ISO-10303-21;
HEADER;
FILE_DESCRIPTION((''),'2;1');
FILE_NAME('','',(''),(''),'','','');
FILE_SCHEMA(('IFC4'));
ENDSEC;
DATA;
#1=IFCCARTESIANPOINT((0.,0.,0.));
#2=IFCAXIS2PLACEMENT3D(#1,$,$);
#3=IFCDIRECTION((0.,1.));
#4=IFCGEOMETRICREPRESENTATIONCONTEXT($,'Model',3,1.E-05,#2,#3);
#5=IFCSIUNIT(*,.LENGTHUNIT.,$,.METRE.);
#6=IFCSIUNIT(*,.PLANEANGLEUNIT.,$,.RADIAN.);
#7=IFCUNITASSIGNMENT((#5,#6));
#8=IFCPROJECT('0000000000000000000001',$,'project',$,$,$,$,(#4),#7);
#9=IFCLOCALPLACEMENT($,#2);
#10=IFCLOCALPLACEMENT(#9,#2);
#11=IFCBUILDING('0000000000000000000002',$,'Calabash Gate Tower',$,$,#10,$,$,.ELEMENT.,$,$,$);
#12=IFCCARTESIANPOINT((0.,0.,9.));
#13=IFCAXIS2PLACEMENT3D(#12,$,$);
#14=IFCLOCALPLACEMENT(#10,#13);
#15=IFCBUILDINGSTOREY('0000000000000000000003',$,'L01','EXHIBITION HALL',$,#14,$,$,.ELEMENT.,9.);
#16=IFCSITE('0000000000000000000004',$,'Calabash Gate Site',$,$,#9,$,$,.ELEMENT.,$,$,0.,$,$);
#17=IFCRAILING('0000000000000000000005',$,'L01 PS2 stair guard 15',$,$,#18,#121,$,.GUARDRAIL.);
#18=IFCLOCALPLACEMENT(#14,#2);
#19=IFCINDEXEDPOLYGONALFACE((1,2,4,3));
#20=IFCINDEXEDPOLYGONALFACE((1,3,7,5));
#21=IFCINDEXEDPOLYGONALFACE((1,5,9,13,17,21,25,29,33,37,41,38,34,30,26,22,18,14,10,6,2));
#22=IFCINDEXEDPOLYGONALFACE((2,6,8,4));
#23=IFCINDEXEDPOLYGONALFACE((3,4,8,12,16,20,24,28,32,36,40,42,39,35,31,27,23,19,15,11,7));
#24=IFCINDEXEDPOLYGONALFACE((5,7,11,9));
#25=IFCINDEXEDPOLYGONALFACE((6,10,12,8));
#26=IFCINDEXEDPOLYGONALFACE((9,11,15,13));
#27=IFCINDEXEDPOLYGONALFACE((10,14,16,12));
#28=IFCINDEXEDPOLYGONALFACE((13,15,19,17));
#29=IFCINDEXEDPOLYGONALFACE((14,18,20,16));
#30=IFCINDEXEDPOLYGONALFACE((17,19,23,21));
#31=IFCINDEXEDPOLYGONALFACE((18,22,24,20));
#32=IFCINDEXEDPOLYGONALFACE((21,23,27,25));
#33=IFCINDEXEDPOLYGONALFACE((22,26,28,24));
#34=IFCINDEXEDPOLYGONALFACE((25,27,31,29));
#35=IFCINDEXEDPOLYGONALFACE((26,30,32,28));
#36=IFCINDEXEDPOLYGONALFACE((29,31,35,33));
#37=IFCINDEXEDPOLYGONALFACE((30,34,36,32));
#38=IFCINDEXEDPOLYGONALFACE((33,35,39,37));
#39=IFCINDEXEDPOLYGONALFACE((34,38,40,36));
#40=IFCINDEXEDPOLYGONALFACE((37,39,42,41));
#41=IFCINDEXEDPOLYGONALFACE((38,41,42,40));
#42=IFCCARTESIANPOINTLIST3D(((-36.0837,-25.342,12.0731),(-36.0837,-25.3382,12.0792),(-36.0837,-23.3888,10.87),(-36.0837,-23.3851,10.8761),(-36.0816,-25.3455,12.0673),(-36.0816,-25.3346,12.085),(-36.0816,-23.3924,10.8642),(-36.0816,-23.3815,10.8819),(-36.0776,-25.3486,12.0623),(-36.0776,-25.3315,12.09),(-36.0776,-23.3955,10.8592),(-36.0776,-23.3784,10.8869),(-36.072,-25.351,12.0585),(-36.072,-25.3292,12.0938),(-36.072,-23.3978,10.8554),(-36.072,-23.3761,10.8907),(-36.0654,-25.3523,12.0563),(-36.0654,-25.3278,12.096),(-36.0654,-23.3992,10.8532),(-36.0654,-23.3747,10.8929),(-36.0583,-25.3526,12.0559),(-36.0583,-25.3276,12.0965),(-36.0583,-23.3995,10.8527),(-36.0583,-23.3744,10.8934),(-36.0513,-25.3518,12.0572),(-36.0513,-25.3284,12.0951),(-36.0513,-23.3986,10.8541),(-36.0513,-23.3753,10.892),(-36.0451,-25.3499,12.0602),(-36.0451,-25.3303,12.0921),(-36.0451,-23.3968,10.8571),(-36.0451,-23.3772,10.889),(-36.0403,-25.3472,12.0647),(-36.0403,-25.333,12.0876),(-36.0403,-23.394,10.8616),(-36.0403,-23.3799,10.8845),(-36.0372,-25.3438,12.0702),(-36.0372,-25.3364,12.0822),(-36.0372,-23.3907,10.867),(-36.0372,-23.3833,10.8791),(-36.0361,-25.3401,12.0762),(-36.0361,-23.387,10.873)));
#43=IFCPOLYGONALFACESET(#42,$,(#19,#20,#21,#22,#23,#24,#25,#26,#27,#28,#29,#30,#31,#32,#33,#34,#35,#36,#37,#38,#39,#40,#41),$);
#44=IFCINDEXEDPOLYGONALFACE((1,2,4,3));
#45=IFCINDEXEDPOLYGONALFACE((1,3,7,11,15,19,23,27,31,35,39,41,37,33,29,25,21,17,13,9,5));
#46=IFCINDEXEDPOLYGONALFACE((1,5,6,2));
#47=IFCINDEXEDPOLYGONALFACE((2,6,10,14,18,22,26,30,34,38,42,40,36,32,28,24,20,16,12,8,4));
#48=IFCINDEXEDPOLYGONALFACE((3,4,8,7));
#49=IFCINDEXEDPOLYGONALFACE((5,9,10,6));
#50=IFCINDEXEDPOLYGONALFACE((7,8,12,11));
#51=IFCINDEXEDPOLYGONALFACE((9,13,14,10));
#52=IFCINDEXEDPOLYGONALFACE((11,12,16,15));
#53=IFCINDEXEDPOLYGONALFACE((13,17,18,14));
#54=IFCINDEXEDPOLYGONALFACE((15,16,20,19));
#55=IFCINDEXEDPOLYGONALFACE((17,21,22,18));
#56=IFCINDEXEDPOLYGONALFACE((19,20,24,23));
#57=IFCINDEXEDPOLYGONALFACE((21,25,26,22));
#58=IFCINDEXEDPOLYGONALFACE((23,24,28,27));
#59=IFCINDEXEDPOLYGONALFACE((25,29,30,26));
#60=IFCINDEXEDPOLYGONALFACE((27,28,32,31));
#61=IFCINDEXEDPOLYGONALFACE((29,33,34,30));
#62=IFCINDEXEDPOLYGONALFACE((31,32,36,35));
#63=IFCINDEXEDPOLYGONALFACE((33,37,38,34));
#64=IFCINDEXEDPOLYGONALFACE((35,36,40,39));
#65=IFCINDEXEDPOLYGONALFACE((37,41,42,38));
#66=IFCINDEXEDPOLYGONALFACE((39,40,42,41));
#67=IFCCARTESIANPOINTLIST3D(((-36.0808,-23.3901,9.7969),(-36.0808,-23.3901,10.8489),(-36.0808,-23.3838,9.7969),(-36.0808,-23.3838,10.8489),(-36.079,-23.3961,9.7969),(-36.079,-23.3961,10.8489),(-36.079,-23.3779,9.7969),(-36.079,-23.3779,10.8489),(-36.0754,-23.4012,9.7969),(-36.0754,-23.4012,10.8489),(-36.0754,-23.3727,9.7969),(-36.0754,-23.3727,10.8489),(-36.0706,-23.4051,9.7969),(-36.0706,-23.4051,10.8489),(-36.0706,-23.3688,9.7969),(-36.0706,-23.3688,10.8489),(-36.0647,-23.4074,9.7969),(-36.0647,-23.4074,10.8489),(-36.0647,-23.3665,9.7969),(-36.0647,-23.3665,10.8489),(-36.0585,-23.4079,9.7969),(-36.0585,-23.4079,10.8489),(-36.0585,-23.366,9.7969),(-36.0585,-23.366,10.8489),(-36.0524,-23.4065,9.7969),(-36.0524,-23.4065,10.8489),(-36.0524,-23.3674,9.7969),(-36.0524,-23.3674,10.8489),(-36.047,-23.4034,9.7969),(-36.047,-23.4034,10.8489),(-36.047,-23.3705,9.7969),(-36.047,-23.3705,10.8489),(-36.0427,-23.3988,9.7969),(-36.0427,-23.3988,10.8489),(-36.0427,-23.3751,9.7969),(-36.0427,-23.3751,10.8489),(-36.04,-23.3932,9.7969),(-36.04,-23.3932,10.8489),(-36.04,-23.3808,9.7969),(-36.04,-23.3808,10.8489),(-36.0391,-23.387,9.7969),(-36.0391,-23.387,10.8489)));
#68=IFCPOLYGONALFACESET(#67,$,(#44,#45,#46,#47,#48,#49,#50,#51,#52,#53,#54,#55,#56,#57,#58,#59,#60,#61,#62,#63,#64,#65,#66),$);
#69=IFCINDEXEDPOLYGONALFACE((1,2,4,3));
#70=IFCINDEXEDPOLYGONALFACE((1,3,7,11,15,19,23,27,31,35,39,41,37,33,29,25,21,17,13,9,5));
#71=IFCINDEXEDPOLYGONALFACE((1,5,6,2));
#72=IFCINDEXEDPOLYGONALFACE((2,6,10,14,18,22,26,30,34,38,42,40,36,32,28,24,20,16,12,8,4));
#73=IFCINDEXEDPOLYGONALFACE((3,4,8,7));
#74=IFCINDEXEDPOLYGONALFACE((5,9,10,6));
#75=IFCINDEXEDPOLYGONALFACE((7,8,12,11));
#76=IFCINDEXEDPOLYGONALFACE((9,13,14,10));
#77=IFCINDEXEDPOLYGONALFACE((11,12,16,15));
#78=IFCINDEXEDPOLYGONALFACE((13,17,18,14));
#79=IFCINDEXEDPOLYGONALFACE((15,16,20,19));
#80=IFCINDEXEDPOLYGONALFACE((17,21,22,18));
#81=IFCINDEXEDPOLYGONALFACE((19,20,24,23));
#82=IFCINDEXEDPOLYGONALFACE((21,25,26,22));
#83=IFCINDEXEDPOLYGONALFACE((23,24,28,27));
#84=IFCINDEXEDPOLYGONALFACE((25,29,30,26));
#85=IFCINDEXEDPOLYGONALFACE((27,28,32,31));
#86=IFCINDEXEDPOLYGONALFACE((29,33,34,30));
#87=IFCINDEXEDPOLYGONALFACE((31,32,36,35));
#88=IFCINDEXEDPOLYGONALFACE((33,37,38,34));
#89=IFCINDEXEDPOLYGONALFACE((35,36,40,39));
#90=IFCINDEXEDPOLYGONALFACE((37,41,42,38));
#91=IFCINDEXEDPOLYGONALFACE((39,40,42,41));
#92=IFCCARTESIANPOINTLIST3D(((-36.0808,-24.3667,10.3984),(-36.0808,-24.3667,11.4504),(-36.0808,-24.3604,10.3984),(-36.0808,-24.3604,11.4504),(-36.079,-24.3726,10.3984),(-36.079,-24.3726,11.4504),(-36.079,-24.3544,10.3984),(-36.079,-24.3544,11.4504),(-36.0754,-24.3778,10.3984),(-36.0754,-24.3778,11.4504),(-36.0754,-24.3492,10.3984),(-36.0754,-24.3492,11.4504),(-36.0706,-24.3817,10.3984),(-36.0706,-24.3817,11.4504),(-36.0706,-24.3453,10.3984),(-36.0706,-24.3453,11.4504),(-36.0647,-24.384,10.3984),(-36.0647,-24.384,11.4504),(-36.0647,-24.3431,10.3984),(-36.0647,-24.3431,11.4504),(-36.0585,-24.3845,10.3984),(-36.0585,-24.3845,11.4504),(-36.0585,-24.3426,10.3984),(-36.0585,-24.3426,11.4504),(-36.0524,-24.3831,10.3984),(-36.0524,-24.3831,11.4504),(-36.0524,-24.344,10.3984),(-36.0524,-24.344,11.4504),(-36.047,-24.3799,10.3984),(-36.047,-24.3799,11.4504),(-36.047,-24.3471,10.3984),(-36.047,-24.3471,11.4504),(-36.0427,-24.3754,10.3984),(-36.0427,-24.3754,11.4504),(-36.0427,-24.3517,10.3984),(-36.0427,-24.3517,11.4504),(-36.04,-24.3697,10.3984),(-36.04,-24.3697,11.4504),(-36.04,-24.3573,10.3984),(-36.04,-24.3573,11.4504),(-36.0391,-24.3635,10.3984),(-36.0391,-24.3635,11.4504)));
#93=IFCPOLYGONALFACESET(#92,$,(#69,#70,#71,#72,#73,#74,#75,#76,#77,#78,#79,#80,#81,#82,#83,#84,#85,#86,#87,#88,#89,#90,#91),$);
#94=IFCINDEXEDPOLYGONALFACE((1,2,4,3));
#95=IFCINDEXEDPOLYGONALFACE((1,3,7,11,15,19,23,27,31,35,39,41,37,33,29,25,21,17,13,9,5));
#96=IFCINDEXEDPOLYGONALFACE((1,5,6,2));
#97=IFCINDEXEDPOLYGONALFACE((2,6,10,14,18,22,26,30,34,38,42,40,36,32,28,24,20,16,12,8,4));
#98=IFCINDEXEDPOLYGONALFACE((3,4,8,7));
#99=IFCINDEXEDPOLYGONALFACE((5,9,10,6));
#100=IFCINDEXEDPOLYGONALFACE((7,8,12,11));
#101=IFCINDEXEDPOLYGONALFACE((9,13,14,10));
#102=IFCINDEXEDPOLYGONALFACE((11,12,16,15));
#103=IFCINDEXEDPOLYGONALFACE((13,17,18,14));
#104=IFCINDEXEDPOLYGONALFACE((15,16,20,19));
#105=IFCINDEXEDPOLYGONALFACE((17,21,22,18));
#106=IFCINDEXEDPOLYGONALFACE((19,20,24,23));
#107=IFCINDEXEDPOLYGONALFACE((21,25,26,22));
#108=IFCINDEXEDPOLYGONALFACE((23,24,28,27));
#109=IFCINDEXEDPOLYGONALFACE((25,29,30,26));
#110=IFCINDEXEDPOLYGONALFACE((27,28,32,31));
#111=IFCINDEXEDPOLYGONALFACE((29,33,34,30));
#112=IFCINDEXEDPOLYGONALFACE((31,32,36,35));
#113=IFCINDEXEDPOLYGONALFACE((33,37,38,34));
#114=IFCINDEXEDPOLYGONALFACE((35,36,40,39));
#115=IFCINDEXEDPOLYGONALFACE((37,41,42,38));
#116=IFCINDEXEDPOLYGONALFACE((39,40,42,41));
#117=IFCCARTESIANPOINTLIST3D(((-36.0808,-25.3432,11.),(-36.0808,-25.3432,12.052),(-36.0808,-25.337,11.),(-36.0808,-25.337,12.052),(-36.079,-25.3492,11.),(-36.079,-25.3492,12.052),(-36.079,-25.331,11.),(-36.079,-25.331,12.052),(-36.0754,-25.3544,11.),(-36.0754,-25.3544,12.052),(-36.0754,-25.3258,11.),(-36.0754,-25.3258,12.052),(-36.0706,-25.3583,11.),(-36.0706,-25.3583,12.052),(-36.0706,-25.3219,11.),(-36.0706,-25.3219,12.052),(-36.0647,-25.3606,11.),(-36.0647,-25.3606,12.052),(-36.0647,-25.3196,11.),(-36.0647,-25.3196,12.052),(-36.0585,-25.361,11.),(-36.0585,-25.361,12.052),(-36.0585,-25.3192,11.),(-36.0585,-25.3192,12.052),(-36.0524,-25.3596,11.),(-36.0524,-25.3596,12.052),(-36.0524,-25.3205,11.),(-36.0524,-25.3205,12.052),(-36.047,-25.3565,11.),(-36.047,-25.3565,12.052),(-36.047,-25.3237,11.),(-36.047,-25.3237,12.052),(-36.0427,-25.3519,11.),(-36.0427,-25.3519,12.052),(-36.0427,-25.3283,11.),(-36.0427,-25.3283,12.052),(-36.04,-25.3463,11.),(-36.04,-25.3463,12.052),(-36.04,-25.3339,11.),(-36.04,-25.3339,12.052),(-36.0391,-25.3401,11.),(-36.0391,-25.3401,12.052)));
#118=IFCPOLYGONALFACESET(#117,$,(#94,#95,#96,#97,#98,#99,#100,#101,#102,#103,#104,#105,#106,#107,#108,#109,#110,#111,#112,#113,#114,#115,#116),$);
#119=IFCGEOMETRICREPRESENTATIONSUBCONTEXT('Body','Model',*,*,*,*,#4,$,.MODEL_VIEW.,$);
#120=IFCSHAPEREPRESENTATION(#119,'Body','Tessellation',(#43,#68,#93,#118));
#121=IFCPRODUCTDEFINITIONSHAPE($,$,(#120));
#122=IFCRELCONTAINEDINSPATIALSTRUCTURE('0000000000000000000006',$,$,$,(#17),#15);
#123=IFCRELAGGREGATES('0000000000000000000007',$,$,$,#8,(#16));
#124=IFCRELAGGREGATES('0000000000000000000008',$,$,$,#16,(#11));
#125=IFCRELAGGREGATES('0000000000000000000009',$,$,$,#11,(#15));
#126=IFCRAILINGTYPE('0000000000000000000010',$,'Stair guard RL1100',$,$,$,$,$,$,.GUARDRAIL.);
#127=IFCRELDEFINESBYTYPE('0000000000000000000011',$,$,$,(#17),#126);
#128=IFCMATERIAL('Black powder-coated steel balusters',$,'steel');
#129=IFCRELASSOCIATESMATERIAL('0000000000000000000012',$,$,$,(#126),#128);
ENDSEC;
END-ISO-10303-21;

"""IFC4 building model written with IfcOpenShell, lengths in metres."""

from ifc_helpers import new_model, si_unit, direction, frame, origin, origin_2d, place, context, subcontext, project, spatial, circle, extrude, material, type_object, element, save


model = new_model("IFC4")

# Units and contexts
model_context = context("Model", 3, precision=1e-05, world=origin(), true_north=direction((0.0, 1.0)))
body_context = subcontext(model_context, "Body", "Model", "MODEL_VIEW")
ifc_project = project(units=[si_unit("LENGTHUNIT", "METRE"), si_unit("PLANEANGLEUNIT", "RADIAN")], contexts=[model_context])

# Site, building, storey
site_placement = place(None, origin())
site = spatial("IfcSite", under=ifc_project, at=site_placement, Name="Calabash Gate Site", CompositionType="ELEMENT", RefElevation=0.0)
building_placement = place(site_placement, origin())
building = spatial("IfcBuilding", under=site, at=building_placement, Name="Calabash Gate Tower", CompositionType="ELEMENT")
storey_placement = place(building_placement, frame((0.0, 0.0, 9.0)))
storey = spatial("IfcBuildingStorey", under=building, at=storey_placement, Name="L01", Description="EXHIBITION HALL", CompositionType="ELEMENT", Elevation=9.0)

# Railing
ifc_material_1 = material(Name="Black powder-coated steel balusters", Category="steel")
railing_type_1 = type_object("IfcRailingType", Name="Stair guard RL1100", PredefinedType="GUARDRAIL", material=ifc_material_1)
railing_1_placement = place(storey_placement, frame((-36.0601, -23.387, 9.7969)))
element("IfcRailing", 1, at=railing_1_placement, inside=storey, type_object=railing_type_1, Name="L01 PS2 stair guard 15", PredefinedType="GUARDRAIL", context=body_context, shape_type="SweptSolid", body=[
    extrude(circle(Radius=0.0239, at=origin_2d()), frame((0.0, 0.0, 1.0762), z_axis=(0.0, -0.851424, 0.524477), x_axis=(1.0, 0.0, 0.0)), (0.0, 0.0, 1.0), 2.2939),
    extrude(circle(Radius=0.021, at=origin_2d()), origin(), (0.0, 0.0, 1.0), 1.052),
    extrude(circle(Radius=0.021, at=origin_2d()), frame((0.0, -0.9766, 0.6016)), (0.0, 0.0, 1.0), 1.052),
    extrude(circle(Radius=0.021, at=origin_2d()), frame((0.0, -1.9531, 1.2031)), (0.0, 0.0, 1.0), 1.052),
])

save(model, "model.ifc")
